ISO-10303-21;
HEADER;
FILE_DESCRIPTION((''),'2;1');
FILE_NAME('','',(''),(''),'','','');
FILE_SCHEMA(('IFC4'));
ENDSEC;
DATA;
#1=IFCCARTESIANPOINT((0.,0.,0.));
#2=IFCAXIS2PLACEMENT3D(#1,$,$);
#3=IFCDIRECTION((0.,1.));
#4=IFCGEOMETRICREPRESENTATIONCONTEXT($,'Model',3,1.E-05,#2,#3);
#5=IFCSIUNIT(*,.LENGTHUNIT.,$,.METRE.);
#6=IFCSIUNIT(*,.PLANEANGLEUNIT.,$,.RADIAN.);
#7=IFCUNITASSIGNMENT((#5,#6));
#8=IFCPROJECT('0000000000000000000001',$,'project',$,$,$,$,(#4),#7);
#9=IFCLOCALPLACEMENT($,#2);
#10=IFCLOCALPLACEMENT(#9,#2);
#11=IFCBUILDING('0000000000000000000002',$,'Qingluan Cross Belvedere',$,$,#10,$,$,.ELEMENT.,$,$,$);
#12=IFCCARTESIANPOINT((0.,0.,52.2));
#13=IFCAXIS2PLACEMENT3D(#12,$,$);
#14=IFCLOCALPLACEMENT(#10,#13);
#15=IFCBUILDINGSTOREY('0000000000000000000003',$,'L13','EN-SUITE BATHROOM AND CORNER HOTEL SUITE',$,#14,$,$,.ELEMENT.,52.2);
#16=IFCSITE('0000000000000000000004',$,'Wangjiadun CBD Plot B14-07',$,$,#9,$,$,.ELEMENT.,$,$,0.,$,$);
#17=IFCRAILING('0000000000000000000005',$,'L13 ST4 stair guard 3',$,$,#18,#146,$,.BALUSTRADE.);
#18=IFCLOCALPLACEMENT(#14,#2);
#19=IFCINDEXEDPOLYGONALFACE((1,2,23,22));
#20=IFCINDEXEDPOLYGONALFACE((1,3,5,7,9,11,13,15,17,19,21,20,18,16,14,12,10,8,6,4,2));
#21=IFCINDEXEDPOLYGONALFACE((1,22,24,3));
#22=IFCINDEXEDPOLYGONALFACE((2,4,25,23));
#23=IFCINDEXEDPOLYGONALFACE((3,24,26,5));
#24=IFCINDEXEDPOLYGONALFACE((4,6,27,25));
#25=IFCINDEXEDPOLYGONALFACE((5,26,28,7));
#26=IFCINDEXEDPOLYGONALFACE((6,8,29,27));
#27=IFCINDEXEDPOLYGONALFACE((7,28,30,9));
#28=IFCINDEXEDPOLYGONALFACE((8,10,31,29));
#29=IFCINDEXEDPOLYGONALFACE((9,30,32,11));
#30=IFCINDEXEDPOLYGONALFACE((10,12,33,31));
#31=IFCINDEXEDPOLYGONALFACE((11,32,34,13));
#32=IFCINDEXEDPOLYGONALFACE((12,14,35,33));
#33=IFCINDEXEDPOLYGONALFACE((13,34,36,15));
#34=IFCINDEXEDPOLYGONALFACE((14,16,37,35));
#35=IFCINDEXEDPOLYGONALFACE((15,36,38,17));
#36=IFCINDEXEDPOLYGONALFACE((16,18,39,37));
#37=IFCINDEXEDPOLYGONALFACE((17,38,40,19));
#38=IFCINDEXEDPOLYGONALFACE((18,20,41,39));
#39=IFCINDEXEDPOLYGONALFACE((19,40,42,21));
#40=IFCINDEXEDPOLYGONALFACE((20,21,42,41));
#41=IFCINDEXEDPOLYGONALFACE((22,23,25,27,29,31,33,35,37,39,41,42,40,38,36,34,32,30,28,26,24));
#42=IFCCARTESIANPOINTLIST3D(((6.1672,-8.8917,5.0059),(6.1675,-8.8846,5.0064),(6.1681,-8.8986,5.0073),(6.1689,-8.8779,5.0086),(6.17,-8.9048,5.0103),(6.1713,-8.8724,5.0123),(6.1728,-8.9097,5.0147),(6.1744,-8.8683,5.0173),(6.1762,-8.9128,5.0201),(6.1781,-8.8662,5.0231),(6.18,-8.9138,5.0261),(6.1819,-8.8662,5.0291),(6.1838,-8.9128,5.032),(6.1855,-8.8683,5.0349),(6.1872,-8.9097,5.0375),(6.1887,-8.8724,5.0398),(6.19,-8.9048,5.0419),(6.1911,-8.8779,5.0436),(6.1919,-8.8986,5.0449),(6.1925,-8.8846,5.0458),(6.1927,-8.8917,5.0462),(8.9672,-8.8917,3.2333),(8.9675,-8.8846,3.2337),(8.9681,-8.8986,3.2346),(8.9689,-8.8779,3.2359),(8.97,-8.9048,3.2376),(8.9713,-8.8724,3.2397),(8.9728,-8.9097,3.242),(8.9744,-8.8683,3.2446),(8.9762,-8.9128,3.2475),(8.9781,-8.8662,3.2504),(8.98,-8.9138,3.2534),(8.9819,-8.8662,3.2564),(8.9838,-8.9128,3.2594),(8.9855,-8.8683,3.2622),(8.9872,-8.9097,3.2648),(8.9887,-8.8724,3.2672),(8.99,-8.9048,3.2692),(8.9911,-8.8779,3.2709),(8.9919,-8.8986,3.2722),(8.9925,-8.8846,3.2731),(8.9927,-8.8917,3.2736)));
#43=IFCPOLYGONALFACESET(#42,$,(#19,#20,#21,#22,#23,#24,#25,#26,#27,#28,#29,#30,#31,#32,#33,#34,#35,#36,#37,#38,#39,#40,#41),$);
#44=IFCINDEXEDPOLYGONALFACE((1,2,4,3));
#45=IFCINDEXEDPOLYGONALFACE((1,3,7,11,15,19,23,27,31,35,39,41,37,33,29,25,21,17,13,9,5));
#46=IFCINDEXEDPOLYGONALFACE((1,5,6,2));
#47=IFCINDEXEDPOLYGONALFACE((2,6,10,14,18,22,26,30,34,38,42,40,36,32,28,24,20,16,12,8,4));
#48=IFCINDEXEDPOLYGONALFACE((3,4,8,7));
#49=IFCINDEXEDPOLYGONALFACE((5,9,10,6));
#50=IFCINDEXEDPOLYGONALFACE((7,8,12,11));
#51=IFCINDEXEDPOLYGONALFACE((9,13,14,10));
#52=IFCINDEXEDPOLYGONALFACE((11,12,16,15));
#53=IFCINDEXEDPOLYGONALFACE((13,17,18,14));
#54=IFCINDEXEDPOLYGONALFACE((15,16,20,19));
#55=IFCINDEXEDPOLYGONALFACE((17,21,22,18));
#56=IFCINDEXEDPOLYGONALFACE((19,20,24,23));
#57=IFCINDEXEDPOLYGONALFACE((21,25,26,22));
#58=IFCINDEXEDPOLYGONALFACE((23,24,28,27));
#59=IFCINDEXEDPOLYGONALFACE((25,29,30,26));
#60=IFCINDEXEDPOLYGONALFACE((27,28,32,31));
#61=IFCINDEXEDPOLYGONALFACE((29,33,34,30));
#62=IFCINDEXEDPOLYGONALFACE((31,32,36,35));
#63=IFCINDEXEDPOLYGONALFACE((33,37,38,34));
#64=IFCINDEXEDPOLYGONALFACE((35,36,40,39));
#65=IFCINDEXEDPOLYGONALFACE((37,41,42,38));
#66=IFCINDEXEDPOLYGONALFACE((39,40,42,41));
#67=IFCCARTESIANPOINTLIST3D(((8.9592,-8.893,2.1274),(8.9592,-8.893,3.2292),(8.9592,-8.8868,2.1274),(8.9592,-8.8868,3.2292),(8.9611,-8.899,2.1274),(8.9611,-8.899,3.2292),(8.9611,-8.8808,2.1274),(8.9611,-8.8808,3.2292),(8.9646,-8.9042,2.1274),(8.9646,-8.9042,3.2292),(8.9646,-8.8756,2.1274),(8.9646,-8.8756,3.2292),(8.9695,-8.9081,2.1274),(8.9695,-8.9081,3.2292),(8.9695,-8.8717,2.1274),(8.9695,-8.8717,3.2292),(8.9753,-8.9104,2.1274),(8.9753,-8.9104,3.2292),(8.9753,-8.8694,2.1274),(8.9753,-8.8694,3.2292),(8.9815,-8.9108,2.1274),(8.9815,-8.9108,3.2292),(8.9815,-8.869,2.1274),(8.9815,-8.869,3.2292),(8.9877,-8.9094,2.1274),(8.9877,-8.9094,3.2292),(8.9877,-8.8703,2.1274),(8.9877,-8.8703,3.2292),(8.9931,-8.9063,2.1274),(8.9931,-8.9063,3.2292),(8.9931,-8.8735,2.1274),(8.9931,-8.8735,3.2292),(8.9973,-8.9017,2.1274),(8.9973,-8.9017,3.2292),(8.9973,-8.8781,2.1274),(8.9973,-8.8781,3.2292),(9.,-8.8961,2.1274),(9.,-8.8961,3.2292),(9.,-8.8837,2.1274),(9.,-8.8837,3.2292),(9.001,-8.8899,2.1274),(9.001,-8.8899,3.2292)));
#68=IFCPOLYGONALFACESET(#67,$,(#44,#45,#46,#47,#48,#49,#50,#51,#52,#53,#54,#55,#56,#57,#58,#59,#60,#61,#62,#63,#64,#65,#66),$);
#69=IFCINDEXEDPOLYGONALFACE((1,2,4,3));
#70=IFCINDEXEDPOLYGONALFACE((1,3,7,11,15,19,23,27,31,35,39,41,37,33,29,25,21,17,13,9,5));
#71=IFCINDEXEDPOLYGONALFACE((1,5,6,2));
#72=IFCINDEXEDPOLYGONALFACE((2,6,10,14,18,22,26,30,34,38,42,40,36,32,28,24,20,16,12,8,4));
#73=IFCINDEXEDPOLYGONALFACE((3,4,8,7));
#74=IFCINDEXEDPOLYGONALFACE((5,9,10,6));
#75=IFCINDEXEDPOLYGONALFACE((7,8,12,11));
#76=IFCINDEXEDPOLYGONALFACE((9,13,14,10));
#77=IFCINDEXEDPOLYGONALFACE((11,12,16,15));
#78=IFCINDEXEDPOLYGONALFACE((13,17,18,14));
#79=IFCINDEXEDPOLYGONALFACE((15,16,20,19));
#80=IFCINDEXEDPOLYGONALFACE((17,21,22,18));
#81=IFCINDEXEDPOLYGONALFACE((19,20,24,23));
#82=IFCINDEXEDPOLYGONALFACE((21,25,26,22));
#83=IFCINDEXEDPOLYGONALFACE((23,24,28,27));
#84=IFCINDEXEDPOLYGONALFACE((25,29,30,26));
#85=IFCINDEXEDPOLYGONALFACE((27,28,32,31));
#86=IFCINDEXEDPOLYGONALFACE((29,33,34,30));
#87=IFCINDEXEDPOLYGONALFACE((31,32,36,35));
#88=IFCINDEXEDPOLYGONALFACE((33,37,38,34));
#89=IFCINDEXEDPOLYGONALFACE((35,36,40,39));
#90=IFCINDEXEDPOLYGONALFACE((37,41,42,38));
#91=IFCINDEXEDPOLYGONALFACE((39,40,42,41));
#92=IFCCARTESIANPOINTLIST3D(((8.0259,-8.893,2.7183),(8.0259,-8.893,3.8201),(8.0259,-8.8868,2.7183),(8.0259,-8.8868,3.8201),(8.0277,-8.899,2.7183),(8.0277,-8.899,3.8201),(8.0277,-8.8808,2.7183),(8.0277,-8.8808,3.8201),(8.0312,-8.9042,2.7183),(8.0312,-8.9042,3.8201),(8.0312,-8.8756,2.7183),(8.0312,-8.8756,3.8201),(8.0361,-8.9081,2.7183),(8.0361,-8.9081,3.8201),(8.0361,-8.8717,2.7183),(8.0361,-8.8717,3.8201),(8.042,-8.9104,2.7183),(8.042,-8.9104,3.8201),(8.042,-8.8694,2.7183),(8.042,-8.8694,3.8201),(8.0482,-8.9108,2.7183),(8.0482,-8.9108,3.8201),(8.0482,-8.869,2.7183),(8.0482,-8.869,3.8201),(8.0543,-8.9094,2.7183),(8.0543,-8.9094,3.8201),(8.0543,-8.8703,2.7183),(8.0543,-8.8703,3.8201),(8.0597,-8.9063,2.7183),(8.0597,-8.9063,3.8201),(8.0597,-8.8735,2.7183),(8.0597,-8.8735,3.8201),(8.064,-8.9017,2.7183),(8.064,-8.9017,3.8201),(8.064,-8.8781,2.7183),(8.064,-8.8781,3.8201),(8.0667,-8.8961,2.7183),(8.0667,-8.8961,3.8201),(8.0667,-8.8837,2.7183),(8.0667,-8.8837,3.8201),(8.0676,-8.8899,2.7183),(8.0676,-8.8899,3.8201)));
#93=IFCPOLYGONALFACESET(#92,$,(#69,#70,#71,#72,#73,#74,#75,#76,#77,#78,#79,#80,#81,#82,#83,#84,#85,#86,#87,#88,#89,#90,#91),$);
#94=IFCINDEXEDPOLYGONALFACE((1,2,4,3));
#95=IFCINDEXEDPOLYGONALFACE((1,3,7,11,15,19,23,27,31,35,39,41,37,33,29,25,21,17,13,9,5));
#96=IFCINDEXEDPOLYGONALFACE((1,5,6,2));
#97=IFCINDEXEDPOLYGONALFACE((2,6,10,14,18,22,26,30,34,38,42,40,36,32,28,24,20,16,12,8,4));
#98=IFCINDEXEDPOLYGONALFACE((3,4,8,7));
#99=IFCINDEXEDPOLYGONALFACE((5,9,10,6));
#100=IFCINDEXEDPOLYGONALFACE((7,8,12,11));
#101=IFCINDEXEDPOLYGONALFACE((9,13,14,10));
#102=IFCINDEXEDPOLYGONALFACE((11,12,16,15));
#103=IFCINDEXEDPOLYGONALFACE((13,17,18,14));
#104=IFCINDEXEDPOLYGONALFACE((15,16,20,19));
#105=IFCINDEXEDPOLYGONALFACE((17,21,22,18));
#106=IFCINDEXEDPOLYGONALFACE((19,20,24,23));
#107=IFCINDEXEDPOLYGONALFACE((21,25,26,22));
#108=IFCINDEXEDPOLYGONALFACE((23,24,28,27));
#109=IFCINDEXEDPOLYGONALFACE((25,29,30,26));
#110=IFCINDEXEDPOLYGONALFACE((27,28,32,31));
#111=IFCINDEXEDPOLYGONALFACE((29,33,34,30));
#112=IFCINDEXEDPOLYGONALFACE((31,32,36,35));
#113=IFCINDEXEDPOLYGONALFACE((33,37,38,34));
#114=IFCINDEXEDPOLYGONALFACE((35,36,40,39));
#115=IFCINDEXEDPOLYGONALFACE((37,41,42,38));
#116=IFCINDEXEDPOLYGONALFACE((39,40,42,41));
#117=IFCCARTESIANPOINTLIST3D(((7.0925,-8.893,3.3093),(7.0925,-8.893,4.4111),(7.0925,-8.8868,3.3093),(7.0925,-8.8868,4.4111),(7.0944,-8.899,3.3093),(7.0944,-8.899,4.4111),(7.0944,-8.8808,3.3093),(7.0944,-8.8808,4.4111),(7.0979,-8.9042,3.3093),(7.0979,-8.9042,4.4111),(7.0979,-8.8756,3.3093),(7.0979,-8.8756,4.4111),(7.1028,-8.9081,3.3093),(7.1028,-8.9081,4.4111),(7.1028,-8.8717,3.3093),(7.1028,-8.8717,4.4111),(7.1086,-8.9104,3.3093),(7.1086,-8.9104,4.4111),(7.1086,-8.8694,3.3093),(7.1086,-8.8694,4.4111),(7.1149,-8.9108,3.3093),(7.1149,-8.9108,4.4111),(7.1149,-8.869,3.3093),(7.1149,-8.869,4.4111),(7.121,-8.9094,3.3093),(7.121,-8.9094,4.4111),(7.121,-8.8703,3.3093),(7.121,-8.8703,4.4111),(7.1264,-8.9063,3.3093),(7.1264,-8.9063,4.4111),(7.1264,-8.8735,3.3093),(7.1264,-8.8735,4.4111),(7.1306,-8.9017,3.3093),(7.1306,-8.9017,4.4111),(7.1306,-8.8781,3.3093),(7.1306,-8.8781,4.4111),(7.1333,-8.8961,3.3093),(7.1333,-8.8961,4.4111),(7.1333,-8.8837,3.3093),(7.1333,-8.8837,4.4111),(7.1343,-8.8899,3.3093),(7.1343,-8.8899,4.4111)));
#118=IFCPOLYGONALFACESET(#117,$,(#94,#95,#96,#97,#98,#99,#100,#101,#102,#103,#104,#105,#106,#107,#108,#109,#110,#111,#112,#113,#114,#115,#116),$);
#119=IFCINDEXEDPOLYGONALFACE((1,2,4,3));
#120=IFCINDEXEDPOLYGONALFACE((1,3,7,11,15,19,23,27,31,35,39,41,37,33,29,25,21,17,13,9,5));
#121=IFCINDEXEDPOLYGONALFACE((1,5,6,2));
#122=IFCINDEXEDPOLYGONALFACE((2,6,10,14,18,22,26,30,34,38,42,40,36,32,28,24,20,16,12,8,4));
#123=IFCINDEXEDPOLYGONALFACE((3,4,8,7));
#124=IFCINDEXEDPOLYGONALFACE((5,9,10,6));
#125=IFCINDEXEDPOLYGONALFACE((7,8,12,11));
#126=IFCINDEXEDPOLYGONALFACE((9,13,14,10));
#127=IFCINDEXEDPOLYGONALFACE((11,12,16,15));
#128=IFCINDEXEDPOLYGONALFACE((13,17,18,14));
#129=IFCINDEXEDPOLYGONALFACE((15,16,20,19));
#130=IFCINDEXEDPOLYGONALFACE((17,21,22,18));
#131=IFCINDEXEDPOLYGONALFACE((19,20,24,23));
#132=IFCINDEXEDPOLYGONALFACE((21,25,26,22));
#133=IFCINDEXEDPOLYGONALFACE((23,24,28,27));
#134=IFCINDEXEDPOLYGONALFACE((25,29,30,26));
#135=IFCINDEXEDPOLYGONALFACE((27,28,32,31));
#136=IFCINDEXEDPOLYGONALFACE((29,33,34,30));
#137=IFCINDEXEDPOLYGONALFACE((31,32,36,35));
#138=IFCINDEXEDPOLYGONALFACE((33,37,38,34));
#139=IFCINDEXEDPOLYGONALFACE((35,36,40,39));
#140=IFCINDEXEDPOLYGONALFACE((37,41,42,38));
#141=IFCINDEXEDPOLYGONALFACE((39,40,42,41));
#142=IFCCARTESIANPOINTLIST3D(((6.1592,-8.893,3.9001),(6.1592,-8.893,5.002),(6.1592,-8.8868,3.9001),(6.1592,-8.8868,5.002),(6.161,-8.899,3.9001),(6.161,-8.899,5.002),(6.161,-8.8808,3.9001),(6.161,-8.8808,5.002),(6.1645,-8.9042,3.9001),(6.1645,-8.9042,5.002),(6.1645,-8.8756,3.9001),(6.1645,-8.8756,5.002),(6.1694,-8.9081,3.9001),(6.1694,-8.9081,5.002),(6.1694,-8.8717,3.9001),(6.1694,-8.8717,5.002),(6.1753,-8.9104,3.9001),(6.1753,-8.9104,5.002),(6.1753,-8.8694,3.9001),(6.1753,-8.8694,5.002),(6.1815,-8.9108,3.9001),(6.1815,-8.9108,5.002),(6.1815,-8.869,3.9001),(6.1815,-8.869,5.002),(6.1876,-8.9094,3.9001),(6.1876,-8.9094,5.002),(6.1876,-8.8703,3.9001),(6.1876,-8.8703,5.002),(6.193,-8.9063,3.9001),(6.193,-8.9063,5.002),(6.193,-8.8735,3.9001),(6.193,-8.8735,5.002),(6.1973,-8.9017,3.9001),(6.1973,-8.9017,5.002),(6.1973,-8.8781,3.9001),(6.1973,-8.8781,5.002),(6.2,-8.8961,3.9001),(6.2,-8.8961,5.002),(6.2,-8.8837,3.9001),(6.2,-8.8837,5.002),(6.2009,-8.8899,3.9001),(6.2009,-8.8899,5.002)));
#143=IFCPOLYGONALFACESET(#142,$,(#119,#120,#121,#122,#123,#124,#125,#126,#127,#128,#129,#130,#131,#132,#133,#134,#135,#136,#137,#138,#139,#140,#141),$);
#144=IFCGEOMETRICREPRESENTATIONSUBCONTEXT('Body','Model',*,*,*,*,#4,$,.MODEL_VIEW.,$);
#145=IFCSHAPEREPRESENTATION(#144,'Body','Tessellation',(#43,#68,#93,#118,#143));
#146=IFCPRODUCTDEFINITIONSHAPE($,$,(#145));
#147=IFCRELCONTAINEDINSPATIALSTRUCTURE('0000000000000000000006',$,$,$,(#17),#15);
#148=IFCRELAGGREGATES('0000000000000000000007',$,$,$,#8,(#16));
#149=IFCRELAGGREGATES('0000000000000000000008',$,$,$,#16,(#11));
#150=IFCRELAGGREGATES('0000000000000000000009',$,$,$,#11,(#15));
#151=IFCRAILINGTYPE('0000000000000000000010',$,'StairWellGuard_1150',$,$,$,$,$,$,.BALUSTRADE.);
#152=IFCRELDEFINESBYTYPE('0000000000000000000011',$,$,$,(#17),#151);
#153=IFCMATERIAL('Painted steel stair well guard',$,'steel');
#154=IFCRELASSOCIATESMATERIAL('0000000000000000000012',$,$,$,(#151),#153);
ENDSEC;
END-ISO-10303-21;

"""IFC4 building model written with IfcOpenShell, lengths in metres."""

from ifc_helpers import new_model, si_unit, direction, frame, origin, origin_2d, place, context, subcontext, project, spatial, circle, extrude, material, type_object, element, save


model = new_model("IFC4")

# Units and contexts
model_context = context("Model", 3, precision=1e-05, world=origin(), true_north=direction((0.0, 1.0)))
body_context = subcontext(model_context, "Body", "Model", "MODEL_VIEW")
ifc_project = project(units=[si_unit("LENGTHUNIT", "METRE"), si_unit("PLANEANGLEUNIT", "RADIAN")], contexts=[model_context])

# Site, building, storey
site_placement = place(None, origin())
site = spatial("IfcSite", under=ifc_project, at=site_placement, Name="Wangjiadun CBD Plot B14-07", CompositionType="ELEMENT", RefElevation=0.0)
building_placement = place(site_placement, origin())
building = spatial("IfcBuilding", under=site, at=building_placement, Name="Qingluan Cross Belvedere", CompositionType="ELEMENT")
storey_placement = place(building_placement, frame((0.0, 0.0, 52.2)))
storey = spatial("IfcBuildingStorey", under=building, at=storey_placement, Name="L13", Description="EN-SUITE BATHROOM AND CORNER HOTEL SUITE", CompositionType="ELEMENT", Elevation=52.2)

# Railing
ifc_material_1 = material(Name="Painted steel stair well guard", Category="steel")
railing_type_1 = type_object("IfcRailingType", Name="StairWellGuard_1150", PredefinedType="BALUSTRADE", material=ifc_material_1)
railing_1_placement = place(storey_placement, frame((8.98, -8.8899, 2.1274)))
element("IfcRailing", 1, at=railing_1_placement, inside=storey, type_object=railing_type_1, Name="L13 ST4 stair guard 3", PredefinedType="BALUSTRADE", context=body_context, shape_type="SweptSolid", body=[
    extrude(circle(Radius=0.0239, at=origin_2d()), frame((0.0, 0.0, 1.126), z_axis=(-0.844909, 0.0, 0.53491), x_axis=(0.0, -1.0, 0.0)), (0.0, 0.0, 1.0), 3.314),
    extrude(circle(Radius=0.021, at=origin_2d()), origin(), (0.0, 0.0, 1.0), 1.1018),
    extrude(circle(Radius=0.021, at=origin_2d()), frame((-0.9333, 0.0, 0.5908)), (0.0, 0.0, 1.0), 1.1018),
    extrude(circle(Radius=0.021, at=origin_2d()), frame((-1.8667, 0.0, 1.1819)), (0.0, 0.0, 1.0), 1.1018),
    extrude(circle(Radius=0.021, at=origin_2d()), frame((-2.8, 0.0, 1.7727)), (0.0, 0.0, 1.0), 1.1018),
])

save(model, "model.ifc")
